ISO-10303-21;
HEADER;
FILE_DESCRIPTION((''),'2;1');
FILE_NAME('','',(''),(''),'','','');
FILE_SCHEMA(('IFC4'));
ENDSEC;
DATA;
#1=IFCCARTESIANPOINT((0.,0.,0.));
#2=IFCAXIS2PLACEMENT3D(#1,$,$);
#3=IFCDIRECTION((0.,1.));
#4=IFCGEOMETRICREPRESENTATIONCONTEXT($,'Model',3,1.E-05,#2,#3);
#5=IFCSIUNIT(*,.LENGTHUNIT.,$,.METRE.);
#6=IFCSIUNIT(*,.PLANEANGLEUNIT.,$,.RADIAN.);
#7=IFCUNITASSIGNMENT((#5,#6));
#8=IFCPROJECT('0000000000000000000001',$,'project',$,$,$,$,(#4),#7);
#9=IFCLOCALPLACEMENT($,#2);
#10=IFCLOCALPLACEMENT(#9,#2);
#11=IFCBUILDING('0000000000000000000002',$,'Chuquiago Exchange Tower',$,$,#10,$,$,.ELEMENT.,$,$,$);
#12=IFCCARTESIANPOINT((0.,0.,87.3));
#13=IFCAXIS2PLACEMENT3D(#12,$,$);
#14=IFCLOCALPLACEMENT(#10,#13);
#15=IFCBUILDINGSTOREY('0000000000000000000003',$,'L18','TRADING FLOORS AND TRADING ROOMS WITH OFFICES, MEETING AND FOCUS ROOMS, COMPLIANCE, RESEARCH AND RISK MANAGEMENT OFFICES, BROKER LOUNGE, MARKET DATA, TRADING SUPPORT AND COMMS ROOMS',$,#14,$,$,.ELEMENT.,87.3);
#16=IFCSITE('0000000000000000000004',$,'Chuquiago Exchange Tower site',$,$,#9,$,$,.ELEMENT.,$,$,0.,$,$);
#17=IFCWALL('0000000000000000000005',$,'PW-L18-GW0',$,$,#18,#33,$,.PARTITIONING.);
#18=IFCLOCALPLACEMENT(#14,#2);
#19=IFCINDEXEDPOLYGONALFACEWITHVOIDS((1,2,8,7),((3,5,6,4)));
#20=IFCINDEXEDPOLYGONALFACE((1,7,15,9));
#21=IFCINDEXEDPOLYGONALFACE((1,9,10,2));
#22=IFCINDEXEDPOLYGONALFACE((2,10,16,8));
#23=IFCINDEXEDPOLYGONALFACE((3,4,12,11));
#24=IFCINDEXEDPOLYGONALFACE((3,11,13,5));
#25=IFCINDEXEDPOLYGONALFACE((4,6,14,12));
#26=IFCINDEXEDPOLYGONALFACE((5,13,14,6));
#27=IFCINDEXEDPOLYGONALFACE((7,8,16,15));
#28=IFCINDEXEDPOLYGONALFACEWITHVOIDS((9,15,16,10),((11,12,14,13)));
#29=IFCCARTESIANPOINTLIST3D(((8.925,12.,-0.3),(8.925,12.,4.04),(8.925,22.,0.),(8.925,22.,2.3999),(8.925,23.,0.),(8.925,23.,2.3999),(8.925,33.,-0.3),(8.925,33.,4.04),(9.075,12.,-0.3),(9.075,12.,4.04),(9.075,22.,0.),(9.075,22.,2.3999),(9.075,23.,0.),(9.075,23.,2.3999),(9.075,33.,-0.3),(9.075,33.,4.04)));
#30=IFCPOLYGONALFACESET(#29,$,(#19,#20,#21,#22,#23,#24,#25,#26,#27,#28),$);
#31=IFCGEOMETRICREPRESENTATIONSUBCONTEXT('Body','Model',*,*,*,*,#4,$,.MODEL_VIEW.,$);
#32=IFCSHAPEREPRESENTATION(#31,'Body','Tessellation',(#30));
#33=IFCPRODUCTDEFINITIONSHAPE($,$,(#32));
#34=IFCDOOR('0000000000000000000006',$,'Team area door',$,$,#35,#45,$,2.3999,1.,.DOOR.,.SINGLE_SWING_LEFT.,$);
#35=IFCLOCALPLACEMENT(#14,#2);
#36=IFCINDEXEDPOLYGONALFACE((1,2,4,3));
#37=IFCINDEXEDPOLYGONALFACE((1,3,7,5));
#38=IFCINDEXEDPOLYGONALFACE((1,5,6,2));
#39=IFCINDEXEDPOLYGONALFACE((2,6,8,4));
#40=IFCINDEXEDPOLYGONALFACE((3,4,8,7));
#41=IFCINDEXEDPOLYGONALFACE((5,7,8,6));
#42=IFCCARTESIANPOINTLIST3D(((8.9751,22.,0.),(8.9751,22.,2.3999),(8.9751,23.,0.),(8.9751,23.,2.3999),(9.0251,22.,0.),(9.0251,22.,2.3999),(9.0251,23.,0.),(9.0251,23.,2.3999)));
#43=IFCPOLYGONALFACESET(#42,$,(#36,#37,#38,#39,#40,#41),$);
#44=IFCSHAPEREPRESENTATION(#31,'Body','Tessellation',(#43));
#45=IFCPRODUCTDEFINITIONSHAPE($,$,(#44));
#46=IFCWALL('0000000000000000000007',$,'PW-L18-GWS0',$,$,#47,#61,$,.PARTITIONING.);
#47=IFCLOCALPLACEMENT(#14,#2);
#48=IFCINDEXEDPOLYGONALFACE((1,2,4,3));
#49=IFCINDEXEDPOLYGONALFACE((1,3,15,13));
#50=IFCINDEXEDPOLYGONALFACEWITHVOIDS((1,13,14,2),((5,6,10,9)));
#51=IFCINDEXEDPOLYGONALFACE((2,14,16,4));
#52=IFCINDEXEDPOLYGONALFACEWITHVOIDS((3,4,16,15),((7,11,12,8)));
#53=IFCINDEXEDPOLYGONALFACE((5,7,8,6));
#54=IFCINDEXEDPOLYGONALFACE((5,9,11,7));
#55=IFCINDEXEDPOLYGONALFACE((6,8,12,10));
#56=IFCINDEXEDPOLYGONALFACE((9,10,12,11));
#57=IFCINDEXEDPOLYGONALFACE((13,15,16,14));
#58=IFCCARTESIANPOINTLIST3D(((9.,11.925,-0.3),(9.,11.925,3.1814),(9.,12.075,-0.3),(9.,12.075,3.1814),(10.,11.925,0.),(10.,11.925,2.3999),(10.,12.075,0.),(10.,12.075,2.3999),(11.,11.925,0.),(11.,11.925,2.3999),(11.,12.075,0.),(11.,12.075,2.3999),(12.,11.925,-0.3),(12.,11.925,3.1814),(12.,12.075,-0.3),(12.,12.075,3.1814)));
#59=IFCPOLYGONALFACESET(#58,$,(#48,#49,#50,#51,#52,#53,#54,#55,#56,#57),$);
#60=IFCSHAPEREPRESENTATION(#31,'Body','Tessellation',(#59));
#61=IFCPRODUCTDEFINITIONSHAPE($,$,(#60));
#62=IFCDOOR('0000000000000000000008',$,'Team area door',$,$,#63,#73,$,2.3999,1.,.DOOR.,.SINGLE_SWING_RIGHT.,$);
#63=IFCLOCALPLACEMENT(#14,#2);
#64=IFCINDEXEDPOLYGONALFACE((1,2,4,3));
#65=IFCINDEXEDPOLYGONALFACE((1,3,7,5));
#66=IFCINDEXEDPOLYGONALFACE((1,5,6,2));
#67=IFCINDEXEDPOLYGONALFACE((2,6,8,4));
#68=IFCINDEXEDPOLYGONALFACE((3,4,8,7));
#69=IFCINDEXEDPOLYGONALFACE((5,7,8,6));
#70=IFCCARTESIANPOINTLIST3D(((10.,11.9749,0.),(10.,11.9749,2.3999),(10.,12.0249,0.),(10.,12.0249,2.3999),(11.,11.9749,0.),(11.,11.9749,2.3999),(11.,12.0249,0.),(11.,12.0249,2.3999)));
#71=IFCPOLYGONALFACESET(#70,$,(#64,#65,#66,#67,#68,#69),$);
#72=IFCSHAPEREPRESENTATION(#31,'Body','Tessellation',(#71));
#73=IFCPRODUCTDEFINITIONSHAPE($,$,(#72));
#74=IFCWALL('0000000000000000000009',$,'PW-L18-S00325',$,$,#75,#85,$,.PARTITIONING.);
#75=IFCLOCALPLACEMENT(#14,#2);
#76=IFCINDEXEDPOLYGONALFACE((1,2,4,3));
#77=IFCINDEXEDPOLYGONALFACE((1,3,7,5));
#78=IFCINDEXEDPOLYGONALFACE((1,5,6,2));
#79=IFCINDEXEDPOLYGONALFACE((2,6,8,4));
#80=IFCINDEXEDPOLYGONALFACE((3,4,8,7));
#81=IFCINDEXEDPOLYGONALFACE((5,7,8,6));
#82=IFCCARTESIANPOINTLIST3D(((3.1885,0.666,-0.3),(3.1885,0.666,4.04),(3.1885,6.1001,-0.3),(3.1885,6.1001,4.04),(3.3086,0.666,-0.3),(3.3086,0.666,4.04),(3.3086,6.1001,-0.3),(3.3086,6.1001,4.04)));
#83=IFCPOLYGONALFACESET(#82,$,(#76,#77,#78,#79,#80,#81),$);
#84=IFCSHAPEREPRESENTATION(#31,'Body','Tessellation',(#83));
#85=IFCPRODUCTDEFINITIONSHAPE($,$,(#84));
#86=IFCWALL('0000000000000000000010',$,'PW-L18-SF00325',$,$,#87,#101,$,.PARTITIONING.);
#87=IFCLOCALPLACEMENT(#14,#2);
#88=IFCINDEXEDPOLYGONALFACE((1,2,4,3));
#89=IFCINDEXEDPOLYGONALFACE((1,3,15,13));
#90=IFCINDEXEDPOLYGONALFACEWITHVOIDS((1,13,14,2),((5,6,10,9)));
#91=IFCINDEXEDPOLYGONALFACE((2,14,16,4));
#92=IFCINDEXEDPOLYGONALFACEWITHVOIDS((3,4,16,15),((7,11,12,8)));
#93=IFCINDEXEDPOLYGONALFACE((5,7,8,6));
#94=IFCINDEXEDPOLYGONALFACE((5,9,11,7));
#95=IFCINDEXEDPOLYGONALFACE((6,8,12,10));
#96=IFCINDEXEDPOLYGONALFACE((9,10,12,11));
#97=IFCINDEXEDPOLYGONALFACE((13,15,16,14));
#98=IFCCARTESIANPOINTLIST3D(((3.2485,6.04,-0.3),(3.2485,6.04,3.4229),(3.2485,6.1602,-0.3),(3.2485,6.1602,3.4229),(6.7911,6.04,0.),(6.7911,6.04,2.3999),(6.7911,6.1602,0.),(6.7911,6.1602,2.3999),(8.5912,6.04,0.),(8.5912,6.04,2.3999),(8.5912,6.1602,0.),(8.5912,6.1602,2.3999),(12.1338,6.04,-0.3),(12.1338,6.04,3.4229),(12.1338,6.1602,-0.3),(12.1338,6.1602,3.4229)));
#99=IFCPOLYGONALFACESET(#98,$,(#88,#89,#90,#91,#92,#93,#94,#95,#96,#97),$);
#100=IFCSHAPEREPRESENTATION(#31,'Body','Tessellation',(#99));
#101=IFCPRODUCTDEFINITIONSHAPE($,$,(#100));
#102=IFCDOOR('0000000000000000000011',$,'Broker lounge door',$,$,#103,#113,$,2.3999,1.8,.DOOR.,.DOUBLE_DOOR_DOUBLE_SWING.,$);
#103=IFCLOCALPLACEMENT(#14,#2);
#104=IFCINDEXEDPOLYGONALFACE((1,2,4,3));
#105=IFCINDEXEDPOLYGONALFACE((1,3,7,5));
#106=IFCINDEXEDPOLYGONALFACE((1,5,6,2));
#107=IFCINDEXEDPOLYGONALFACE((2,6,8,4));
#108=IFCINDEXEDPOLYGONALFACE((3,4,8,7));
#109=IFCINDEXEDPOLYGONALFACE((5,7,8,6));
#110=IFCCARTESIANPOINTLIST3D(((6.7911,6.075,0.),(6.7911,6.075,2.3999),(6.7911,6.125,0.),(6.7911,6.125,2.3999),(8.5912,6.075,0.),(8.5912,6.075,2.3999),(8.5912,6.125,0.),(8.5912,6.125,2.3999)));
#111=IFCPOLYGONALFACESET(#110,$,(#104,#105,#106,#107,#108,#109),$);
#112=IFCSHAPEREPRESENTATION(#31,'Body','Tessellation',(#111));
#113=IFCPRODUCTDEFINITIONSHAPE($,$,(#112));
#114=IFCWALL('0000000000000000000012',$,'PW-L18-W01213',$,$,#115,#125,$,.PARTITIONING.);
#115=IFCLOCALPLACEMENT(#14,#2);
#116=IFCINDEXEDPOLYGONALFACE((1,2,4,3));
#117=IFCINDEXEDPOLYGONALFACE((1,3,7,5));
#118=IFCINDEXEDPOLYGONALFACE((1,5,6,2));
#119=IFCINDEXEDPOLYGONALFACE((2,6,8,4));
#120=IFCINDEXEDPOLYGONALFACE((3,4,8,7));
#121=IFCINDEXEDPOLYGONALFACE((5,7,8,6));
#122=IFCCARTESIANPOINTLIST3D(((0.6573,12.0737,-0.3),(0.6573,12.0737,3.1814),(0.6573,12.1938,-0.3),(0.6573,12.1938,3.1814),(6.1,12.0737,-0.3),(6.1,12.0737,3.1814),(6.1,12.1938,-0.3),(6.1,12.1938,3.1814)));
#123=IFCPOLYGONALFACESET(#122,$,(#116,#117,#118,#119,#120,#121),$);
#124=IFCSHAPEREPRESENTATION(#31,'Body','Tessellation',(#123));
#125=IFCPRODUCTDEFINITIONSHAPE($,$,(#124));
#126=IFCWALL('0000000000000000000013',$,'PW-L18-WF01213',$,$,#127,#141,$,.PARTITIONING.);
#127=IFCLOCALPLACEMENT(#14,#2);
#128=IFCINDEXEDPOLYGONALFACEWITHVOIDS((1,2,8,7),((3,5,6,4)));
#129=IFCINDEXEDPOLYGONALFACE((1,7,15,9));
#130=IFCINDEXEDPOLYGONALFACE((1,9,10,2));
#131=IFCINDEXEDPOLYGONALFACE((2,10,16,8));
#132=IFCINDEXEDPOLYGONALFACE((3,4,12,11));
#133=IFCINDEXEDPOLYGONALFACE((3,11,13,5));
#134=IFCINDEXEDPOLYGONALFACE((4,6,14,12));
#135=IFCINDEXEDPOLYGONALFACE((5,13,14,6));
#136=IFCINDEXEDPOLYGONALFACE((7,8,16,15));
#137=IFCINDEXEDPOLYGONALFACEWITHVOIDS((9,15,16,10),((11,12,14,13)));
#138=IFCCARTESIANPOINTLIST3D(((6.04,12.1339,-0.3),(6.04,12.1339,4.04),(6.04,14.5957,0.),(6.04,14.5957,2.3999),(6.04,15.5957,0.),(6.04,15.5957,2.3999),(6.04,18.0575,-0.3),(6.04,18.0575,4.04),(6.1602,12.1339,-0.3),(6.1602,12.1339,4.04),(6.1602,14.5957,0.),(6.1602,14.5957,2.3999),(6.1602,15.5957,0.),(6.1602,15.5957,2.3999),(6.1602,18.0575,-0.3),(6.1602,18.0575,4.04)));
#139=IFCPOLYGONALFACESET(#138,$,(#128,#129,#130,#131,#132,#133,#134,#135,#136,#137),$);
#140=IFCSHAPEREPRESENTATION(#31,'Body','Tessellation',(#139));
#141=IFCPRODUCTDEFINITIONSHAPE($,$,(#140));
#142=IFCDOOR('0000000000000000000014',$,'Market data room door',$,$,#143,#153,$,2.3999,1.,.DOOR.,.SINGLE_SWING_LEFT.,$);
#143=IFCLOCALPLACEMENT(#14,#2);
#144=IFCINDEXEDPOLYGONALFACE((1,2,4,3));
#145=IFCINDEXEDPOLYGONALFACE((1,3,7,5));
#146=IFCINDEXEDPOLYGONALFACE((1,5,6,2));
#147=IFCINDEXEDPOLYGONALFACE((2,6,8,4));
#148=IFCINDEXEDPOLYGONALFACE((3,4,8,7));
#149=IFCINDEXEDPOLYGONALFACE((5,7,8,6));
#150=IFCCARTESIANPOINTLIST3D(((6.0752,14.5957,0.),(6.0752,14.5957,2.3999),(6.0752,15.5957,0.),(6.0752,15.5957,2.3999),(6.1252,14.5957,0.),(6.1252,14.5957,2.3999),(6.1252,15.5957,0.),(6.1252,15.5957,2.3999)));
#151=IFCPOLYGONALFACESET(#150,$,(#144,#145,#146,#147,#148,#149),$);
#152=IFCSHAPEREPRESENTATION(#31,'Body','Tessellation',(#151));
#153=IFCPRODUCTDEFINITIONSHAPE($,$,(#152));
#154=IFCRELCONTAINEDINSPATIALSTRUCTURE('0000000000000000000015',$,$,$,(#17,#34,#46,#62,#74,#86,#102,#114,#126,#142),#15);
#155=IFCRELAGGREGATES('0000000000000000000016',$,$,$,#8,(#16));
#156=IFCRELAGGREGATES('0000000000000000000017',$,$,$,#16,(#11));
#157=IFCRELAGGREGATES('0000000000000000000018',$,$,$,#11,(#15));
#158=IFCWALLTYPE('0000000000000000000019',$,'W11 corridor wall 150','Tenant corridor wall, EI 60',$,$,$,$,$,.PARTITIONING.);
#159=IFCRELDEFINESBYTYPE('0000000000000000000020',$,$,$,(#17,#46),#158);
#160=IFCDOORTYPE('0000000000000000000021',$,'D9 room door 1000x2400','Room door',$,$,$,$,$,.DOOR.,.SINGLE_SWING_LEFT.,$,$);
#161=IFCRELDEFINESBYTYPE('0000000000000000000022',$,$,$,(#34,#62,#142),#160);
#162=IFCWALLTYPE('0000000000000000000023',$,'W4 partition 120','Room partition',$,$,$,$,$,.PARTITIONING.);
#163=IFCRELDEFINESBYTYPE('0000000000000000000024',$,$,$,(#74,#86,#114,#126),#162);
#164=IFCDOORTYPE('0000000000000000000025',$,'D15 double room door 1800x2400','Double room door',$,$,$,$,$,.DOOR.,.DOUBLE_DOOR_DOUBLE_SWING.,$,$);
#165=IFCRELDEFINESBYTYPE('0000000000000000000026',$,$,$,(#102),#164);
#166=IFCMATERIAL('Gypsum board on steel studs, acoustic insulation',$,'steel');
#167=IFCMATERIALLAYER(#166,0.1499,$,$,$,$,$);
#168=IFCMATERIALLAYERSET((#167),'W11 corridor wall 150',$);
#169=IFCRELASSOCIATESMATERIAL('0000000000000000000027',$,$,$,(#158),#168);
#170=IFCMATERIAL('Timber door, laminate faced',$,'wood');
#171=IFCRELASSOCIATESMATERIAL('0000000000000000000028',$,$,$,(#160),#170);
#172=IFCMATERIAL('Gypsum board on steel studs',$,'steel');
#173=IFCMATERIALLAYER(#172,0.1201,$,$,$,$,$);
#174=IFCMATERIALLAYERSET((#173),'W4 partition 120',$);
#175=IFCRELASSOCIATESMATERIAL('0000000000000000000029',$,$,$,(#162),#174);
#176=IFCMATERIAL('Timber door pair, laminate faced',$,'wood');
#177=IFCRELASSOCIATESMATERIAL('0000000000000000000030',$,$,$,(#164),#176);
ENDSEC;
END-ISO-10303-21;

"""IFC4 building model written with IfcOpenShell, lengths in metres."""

from ifc_helpers import new_model, si_unit, direction, frame, frame_2d, origin, place, context, subcontext, project, spatial, rectangle, extrude, material, layer, layer_set, type_object, element, fill, save


model = new_model("IFC4")

# Units and contexts
model_context = context("Model", 3, precision=1e-05, world=origin(), true_north=direction((0.0, 1.0)))
body_context = subcontext(model_context, "Body", "Model", "MODEL_VIEW")
ifc_project = project(units=[si_unit("LENGTHUNIT", "METRE"), si_unit("PLANEANGLEUNIT", "RADIAN")], contexts=[model_context])

# Site, building, storey
site_placement = place(None, origin())
site = spatial("IfcSite", under=ifc_project, at=site_placement, Name="Chuquiago Exchange Tower site", CompositionType="ELEMENT", RefElevation=0.0)
building_placement = place(site_placement, origin())
building = spatial("IfcBuilding", under=site, at=building_placement, Name="Chuquiago Exchange Tower", CompositionType="ELEMENT")
storey_placement = place(building_placement, frame((0.0, 0.0, 87.3)))
storey = spatial("IfcBuildingStorey", under=building, at=storey_placement, Name="L18", Description="TRADING FLOORS AND TRADING ROOMS WITH OFFICES, MEETING AND FOCUS ROOMS, COMPLIANCE, RESEARCH AND RISK MANAGEMENT OFFICES, BROKER LOUNGE, MARKET DATA, TRADING SUPPORT AND COMMS ROOMS", CompositionType="ELEMENT", Elevation=87.3)

# Walls, openings, doors
ifc_material_1 = material(Name="Gypsum board on steel studs, acoustic insulation", Category="steel")
ifc_layer_1 = layer(ifc_material_1, 0.1499)
ifc_layer_set_1 = layer_set([ifc_layer_1], Name="W11 corridor wall 150")
wall_type_1 = type_object("IfcWallType", Name="W11 corridor wall 150", Description="Tenant corridor wall, EI 60", PredefinedType="PARTITIONING", material=ifc_layer_set_1)
wall_1_placement = place(storey_placement, frame((9.0, 12.0, -0.3), z_axis=(0.0, 0.0, 1.0), x_axis=(0.0, 1.0, 0.0)))
wall_1 = element("IfcWall", 1, at=wall_1_placement, inside=storey, type_object=wall_type_1, Name="PW-L18-GW0", PredefinedType="PARTITIONING", context=body_context, shape_type="SweptSolid", body=[
    extrude(rectangle(XDim=21.0, YDim=0.1499, at=frame_2d((10.5, 0.0))), origin(), (0.0, 0.0, 1.0), 4.3401),
])
opening_1_placement = place(wall_1_placement, frame((10.0, 0.0, 0.3)))
opening_1 = element("IfcOpeningElement", 2, at=opening_1_placement, cuts=wall_1, PredefinedType="OPENING", context=body_context, shape_type="SweptSolid", body=[
    extrude(rectangle(XDim=1.0, YDim=2.3999, at=frame_2d((0.5, 1.2))), frame((0.0, 0.085, 0.0), z_axis=(0.0, -1.0, 0.0), x_axis=(1.0, 0.0, 0.0)), (0.0, 0.0, 1.0), 0.1699),
])
ifc_material_2 = material(Name="Timber door, laminate faced", Category="wood")
door_type_1 = type_object("IfcDoorType", Name="D9 room door 1000x2400", Description="Room door", OperationType="SINGLE_SWING_LEFT", PredefinedType="DOOR", material=ifc_material_2)
door_1_placement = place(opening_1_placement, origin())
door_1 = element("IfcDoor", 3, at=door_1_placement, inside=storey, type_object=door_type_1, Name="Team area door", OperationType="SINGLE_SWING_LEFT", OverallHeight=2.3999, OverallWidth=1.0, PredefinedType="DOOR", context=body_context, shape_type="SweptSolid", body=[
    extrude(rectangle(XDim=1.0, YDim=2.3999, at=frame_2d((0.5, 1.2))), frame((0.0, 0.0249, 0.0), z_axis=(0.0, -1.0, 0.0), x_axis=(1.0, 0.0, 0.0)), (0.0, 0.0, 1.0), 0.05),
])
fill(opening_1, door_1)
wall_2_placement = place(storey_placement, frame((9.0, 12.0, -0.3), z_axis=(0.0, 0.0, 1.0), x_axis=(1.0, 0.0, 0.0)))
wall_2 = element("IfcWall", 4, at=wall_2_placement, inside=storey, type_object=wall_type_1, Name="PW-L18-GWS0", PredefinedType="PARTITIONING", context=body_context, shape_type="SweptSolid", body=[
    extrude(rectangle(XDim=3.0, YDim=0.1499, at=frame_2d((1.5, 0.0))), origin(), (0.0, 0.0, 1.0), 3.4814),
])
opening_2_placement = place(wall_2_placement, frame((1.0, 0.0, 0.3)))
opening_2 = element("IfcOpeningElement", 5, at=opening_2_placement, cuts=wall_2, PredefinedType="OPENING", context=body_context, shape_type="SweptSolid", body=[
    extrude(rectangle(XDim=1.0, YDim=2.3999, at=frame_2d((0.5, 1.2))), frame((0.0, 0.085, 0.0), z_axis=(0.0, -1.0, 0.0), x_axis=(1.0, 0.0, 0.0)), (0.0, 0.0, 1.0), 0.1699),
])
door_2_placement = place(opening_2_placement, origin())
door_2 = element("IfcDoor", 6, at=door_2_placement, inside=storey, type_object=door_type_1, Name="Team area door", OperationType="SINGLE_SWING_RIGHT", OverallHeight=2.3999, OverallWidth=1.0, PredefinedType="DOOR", context=body_context, shape_type="SweptSolid", body=[
    extrude(rectangle(XDim=1.0, YDim=2.3999, at=frame_2d((0.5, 1.2))), frame((0.0, 0.0249, 0.0), z_axis=(0.0, -1.0, 0.0), x_axis=(1.0, 0.0, 0.0)), (0.0, 0.0, 1.0), 0.05),
])
fill(opening_2, door_2)

# Wall
ifc_material_3 = material(Name="Gypsum board on steel studs", Category="steel")
ifc_layer_2 = layer(ifc_material_3, 0.1201)
ifc_layer_set_2 = layer_set([ifc_layer_2], Name="W4 partition 120")
wall_type_2 = type_object("IfcWallType", Name="W4 partition 120", Description="Room partition", PredefinedType="PARTITIONING", material=ifc_layer_set_2)
wall_3_placement = place(storey_placement, frame((3.2485, 0.666, -0.3), z_axis=(0.0, 0.0, 1.0), x_axis=(0.0, 1.0, 0.0)))
element("IfcWall", 7, at=wall_3_placement, inside=storey, type_object=wall_type_2, Name="PW-L18-S00325", PredefinedType="PARTITIONING", context=body_context, shape_type="SweptSolid", body=[
    extrude(rectangle(XDim=5.4341, YDim=0.1201, at=frame_2d((2.717, 0.0))), origin(), (0.0, 0.0, 1.0), 4.3401),
])

# Wall, opening, door
wall_4_placement = place(storey_placement, frame((3.2485, 6.1001, -0.3), z_axis=(0.0, 0.0, 1.0), x_axis=(1.0, 0.0, 0.0)))
wall_4 = element("IfcWall", 8, at=wall_4_placement, inside=storey, type_object=wall_type_2, Name="PW-L18-SF00325", PredefinedType="PARTITIONING", context=body_context, shape_type="SweptSolid", body=[
    extrude(rectangle(XDim=8.8853, YDim=0.1201, at=frame_2d((4.4426, 0.0))), origin(), (0.0, 0.0, 1.0), 3.7229),
])
opening_3_placement = place(wall_4_placement, frame((3.5427, 0.0, 0.3)))
opening_3 = element("IfcOpeningElement", 9, at=opening_3_placement, cuts=wall_4, PredefinedType="OPENING", context=body_context, shape_type="SweptSolid", body=[
    extrude(rectangle(XDim=1.8, YDim=2.3999, at=frame_2d((0.8999, 1.2))), frame((0.0, 0.0701, 0.0), z_axis=(0.0, -1.0, 0.0), x_axis=(1.0, 0.0, 0.0)), (0.0, 0.0, 1.0), 0.1401),
])
ifc_material_4 = material(Name="Timber door pair, laminate faced", Category="wood")
door_type_2 = type_object("IfcDoorType", Name="D15 double room door 1800x2400", Description="Double room door", OperationType="DOUBLE_DOOR_DOUBLE_SWING", PredefinedType="DOOR", material=ifc_material_4)
door_3_placement = place(opening_3_placement, origin())
door_3 = element("IfcDoor", 10, at=door_3_placement, inside=storey, type_object=door_type_2, Name="Broker lounge door", OperationType="DOUBLE_DOOR_DOUBLE_SWING", OverallHeight=2.3999, OverallWidth=1.8, PredefinedType="DOOR", context=body_context, shape_type="SweptSolid", body=[
    extrude(rectangle(XDim=1.8, YDim=2.3999, at=frame_2d((0.8999, 1.2))), frame((0.0, 0.0249, 0.0), z_axis=(0.0, -1.0, 0.0), x_axis=(1.0, 0.0, 0.0)), (0.0, 0.0, 1.0), 0.05),
])
fill(opening_3, door_3)

# Wall
wall_5_placement = place(storey_placement, frame((0.6575, 12.1338, -0.3), z_axis=(0.0, 0.0, 1.0), x_axis=(1.0, 0.0, 0.0)))
element("IfcWall", 11, at=wall_5_placement, inside=storey, type_object=wall_type_2, Name="PW-L18-W01213", PredefinedType="PARTITIONING", context=body_context, shape_type="SweptSolid", body=[
    extrude(rectangle(XDim=5.4426, YDim=0.1201, at=frame_2d((2.7212, 0.0))), origin(), (0.0, 0.0, 1.0), 3.4814),
])

# Wall, opening, door
wall_6_placement = place(storey_placement, frame((6.1001, 12.1338, -0.3), z_axis=(0.0, 0.0, 1.0), x_axis=(0.0, 1.0, 0.0)))
wall_6 = element("IfcWall", 12, at=wall_6_placement, inside=storey, type_object=wall_type_2, Name="PW-L18-WF01213", PredefinedType="PARTITIONING", context=body_context, shape_type="SweptSolid", body=[
    extrude(rectangle(XDim=5.9236, YDim=0.1201, at=frame_2d((2.9619, 0.0))), origin(), (0.0, 0.0, 1.0), 4.3401),
])
opening_4_placement = place(wall_6_placement, frame((2.4619, 0.0, 0.3)))
opening_4 = element("IfcOpeningElement", 13, at=opening_4_placement, cuts=wall_6, PredefinedType="OPENING", context=body_context, shape_type="SweptSolid", body=[
    extrude(rectangle(XDim=1.0, YDim=2.3999, at=frame_2d((0.5, 1.2))), frame((0.0, 0.0701, 0.0), z_axis=(0.0, -1.0, 0.0), x_axis=(1.0, 0.0, 0.0)), (0.0, 0.0, 1.0), 0.1401),
])
door_4_placement = place(opening_4_placement, origin())
door_4 = element("IfcDoor", 14, at=door_4_placement, inside=storey, type_object=door_type_1, Name="Market data room door", OperationType="SINGLE_SWING_LEFT", OverallHeight=2.3999, OverallWidth=1.0, PredefinedType="DOOR", context=body_context, shape_type="SweptSolid", body=[
    extrude(rectangle(XDim=1.0, YDim=2.3999, at=frame_2d((0.5, 1.2))), frame((0.0, 0.0249, 0.0), z_axis=(0.0, -1.0, 0.0), x_axis=(1.0, 0.0, 0.0)), (0.0, 0.0, 1.0), 0.05),
])
fill(opening_4, door_4)

save(model, "model.ifc")
